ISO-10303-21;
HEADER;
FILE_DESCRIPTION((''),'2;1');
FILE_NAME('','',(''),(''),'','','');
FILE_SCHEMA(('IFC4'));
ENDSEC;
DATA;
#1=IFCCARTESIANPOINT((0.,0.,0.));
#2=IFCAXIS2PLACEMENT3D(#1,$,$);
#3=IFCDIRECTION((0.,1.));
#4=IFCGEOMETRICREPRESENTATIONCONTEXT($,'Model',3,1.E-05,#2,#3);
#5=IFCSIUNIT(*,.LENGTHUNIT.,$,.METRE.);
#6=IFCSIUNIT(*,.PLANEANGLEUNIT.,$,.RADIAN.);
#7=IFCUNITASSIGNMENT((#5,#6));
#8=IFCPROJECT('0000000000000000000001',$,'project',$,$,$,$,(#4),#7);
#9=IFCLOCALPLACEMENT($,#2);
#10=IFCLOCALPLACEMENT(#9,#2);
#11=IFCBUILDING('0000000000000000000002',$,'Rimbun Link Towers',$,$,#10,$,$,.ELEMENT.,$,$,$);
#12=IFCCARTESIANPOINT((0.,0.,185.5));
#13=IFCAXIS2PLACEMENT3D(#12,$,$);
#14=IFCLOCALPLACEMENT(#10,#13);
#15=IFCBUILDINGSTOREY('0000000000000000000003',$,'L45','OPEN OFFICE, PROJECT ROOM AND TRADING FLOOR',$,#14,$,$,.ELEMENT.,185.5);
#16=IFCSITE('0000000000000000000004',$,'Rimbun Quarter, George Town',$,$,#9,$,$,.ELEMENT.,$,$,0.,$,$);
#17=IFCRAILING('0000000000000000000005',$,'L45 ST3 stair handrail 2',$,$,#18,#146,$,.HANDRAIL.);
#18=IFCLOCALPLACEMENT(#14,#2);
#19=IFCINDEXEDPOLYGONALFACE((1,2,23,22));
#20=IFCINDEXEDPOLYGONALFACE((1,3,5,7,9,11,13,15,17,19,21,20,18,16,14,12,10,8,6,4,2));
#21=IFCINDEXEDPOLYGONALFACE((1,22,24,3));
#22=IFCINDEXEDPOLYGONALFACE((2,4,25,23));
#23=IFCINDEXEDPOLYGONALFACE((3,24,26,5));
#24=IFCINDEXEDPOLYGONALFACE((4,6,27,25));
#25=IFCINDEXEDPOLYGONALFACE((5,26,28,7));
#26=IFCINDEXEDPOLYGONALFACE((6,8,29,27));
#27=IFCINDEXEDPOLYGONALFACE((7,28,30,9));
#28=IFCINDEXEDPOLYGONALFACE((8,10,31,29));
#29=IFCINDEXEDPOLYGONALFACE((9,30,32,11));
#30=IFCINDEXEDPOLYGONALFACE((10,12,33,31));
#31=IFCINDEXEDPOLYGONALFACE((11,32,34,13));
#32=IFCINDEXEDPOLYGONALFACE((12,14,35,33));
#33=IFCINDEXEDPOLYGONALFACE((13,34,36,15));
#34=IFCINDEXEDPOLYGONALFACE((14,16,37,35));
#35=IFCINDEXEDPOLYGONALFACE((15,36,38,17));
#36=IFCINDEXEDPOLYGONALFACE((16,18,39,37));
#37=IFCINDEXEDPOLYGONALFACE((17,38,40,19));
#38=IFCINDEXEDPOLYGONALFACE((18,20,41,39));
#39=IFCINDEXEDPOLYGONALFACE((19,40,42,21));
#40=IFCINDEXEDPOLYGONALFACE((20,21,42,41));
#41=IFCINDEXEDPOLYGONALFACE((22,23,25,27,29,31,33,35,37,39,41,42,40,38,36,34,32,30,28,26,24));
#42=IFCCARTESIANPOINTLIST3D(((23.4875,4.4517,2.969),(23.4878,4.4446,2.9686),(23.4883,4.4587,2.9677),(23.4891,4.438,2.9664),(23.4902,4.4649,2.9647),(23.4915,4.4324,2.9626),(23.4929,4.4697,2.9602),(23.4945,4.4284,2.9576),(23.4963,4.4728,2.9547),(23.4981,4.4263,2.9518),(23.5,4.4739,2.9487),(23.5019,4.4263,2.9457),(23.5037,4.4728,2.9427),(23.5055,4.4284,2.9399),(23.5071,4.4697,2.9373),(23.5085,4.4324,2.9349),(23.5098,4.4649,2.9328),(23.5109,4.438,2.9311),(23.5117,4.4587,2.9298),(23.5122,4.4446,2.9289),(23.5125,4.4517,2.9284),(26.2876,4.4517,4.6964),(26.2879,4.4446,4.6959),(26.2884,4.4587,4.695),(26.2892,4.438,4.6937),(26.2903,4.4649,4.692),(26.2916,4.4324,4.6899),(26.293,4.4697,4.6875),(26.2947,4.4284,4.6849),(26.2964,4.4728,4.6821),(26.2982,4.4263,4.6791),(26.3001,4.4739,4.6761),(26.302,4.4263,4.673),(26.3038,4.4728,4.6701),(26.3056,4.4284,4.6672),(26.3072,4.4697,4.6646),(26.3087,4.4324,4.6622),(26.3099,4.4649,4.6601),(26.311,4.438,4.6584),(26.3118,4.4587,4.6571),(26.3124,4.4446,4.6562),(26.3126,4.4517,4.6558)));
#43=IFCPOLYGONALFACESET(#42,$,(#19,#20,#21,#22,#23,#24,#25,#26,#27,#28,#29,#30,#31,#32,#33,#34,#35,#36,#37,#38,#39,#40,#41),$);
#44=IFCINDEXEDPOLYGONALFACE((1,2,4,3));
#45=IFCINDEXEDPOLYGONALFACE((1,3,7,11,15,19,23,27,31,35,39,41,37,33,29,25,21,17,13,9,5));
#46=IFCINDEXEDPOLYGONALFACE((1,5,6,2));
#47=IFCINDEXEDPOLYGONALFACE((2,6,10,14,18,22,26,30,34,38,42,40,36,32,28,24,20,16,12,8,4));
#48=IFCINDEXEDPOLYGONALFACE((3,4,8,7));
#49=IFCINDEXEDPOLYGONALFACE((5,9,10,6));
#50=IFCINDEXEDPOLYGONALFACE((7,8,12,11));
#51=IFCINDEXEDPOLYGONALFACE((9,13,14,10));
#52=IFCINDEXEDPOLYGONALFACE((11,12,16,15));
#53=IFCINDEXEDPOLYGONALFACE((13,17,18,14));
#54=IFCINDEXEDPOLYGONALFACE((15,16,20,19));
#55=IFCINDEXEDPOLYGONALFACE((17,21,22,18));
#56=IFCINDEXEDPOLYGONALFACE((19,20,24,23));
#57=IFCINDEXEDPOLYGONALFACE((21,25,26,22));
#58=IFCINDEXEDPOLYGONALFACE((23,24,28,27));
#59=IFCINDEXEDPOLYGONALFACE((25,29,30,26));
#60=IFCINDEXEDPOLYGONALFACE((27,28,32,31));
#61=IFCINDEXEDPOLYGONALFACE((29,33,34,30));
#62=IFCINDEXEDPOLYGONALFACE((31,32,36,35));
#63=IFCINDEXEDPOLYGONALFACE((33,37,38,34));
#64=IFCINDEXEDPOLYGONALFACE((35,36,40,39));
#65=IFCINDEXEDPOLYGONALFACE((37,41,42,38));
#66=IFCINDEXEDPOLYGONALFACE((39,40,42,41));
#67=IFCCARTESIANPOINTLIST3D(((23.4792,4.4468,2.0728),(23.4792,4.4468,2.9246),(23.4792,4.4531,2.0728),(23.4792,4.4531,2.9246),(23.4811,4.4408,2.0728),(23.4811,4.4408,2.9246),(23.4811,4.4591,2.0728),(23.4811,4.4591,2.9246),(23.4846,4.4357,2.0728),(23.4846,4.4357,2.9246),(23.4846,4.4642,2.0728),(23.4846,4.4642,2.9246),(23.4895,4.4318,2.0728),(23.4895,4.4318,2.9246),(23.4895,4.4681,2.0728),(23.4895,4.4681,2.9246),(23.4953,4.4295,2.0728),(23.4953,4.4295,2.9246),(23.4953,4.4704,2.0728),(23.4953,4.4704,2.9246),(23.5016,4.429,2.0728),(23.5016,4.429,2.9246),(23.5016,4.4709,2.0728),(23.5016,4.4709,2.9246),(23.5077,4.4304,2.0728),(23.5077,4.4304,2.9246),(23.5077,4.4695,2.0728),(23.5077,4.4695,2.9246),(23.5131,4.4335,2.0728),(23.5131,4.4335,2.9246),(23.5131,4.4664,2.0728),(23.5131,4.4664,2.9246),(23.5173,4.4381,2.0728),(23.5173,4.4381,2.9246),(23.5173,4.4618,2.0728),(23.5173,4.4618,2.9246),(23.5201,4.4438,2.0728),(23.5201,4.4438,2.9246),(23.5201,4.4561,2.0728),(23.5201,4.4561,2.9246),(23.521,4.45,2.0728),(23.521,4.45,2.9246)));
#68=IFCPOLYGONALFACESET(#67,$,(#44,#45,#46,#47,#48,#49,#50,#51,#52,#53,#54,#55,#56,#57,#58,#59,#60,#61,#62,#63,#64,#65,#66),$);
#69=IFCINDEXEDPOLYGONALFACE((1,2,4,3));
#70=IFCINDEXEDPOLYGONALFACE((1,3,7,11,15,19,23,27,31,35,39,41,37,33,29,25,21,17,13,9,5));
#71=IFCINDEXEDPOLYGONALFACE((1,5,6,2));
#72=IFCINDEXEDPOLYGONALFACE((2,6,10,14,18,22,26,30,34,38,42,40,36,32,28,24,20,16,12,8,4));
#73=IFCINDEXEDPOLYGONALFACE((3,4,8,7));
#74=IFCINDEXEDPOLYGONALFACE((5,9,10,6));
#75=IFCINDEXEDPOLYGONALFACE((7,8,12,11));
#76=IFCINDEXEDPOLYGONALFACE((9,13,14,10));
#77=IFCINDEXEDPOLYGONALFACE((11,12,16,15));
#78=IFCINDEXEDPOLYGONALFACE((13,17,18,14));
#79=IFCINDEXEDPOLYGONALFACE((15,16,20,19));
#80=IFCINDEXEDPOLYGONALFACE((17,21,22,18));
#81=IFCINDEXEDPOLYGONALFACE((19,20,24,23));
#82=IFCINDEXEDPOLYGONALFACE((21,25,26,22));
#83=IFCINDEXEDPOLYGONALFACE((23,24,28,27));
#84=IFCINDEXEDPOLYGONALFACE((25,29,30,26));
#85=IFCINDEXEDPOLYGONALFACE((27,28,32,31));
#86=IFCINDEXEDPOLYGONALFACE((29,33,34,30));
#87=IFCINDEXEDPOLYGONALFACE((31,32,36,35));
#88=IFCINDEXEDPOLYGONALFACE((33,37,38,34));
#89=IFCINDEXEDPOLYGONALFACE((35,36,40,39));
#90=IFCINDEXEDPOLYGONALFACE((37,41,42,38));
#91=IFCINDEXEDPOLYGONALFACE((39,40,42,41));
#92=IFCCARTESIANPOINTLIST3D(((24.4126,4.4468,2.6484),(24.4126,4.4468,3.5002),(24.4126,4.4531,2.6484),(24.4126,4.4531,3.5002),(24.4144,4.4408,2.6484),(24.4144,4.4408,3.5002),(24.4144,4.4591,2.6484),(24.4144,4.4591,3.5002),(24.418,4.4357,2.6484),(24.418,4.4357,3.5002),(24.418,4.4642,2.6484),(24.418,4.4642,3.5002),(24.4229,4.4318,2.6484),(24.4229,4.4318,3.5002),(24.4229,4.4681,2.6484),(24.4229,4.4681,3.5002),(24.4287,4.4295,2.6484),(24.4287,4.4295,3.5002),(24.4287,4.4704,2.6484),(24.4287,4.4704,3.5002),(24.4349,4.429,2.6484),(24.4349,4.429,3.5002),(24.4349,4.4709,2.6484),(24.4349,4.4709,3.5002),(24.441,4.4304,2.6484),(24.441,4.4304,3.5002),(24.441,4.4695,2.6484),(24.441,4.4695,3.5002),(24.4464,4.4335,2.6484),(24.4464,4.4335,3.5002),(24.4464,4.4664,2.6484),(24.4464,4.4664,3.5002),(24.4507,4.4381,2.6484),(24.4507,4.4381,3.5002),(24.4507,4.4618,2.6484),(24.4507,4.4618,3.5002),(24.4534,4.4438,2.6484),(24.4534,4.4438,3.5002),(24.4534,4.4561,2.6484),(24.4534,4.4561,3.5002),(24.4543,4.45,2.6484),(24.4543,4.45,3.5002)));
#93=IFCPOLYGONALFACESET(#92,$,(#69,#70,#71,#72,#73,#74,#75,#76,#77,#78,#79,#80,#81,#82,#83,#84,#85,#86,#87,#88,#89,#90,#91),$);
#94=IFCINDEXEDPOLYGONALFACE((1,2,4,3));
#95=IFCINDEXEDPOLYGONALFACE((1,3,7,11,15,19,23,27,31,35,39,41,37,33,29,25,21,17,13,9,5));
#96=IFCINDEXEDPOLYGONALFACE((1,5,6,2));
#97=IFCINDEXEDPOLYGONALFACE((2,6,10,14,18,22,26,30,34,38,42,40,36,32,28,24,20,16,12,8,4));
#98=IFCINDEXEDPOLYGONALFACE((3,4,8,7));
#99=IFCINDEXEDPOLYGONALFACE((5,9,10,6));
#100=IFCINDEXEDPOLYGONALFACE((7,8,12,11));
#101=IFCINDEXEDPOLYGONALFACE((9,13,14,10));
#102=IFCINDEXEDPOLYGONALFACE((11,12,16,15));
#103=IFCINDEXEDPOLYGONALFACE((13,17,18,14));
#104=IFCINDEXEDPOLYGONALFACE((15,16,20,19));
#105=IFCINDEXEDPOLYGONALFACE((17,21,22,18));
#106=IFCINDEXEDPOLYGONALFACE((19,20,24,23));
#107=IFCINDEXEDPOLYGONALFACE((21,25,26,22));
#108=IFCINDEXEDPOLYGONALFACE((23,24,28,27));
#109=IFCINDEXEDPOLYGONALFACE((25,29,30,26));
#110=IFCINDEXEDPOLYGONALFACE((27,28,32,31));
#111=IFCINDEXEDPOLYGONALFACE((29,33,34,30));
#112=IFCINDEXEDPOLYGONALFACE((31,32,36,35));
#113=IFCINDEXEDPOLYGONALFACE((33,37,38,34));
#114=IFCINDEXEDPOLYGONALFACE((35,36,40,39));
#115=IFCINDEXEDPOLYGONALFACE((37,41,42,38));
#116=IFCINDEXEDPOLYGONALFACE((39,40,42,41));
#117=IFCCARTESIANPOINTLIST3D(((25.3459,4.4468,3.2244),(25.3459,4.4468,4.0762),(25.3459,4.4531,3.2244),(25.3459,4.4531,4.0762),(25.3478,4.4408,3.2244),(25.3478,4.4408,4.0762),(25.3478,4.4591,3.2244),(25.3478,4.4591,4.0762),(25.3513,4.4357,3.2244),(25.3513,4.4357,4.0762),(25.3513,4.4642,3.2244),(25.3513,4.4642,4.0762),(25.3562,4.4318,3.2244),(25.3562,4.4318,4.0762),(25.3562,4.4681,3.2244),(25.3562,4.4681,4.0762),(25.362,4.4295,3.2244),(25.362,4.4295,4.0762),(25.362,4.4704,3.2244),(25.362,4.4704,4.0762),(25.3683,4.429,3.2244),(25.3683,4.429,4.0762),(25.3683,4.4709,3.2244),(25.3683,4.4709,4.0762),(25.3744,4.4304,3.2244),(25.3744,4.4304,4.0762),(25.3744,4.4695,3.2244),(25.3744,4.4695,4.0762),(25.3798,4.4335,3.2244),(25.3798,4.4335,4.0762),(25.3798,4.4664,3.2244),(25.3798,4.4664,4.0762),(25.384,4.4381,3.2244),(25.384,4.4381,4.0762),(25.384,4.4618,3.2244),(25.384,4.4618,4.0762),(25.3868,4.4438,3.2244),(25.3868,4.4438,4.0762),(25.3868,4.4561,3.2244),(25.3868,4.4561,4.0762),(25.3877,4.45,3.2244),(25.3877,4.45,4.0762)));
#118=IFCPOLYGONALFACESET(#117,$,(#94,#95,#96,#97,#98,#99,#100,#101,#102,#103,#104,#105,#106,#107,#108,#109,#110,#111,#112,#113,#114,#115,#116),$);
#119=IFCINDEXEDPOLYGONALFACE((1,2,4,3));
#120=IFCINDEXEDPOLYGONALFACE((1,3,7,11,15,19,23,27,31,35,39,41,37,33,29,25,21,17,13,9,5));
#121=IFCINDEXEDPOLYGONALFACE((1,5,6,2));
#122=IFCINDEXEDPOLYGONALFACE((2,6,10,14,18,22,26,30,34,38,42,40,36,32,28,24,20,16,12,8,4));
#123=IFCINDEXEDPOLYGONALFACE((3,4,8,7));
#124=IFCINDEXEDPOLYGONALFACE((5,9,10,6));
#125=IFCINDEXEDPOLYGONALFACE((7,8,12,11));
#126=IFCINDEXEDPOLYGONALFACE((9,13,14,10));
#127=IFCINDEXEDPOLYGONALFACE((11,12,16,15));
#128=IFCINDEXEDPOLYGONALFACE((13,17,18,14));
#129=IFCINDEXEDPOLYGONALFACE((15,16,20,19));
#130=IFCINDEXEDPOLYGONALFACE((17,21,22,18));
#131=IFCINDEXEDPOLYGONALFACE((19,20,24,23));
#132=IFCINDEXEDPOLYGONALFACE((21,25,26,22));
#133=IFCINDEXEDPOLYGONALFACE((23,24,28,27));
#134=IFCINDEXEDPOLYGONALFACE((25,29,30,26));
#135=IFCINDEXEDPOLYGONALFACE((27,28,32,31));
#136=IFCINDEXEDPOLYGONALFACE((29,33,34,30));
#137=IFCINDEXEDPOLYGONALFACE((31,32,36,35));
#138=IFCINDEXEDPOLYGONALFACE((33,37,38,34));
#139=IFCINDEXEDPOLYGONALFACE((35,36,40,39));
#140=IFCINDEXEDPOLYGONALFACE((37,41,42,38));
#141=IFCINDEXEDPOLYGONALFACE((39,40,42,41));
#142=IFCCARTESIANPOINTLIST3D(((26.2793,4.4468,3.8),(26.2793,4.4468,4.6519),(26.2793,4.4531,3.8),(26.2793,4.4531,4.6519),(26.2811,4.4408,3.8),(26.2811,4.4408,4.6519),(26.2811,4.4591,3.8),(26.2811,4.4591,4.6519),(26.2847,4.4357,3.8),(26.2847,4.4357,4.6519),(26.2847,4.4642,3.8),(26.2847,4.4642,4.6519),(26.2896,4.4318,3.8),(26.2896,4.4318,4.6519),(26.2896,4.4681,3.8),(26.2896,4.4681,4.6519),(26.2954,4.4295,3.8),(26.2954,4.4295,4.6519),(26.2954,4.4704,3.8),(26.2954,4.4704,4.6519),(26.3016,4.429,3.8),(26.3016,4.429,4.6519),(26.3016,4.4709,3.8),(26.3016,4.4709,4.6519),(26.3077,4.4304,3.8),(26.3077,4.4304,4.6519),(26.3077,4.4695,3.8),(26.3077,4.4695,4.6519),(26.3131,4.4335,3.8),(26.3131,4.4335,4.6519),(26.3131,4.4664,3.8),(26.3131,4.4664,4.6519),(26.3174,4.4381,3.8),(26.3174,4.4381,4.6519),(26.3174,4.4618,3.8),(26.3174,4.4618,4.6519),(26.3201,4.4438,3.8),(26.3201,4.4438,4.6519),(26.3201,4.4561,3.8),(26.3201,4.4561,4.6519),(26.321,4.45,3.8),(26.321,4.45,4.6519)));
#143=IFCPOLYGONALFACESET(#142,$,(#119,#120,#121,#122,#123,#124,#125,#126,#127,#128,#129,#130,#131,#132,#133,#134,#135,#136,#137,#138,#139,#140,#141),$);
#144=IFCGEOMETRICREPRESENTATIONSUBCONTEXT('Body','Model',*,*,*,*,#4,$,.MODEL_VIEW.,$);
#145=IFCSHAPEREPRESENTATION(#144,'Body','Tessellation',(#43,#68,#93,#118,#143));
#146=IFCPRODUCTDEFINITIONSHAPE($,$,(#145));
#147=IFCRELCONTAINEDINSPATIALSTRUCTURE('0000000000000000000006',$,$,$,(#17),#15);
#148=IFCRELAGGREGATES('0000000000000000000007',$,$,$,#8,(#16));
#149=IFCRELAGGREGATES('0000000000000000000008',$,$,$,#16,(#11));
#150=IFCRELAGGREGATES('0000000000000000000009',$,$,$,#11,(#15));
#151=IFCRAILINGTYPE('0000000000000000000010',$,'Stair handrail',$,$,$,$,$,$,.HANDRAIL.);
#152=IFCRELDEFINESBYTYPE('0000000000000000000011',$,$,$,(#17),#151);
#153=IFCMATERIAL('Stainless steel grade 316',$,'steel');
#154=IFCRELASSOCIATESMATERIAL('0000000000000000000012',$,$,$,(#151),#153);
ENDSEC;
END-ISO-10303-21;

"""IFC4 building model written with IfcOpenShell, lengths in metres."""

from ifc_helpers import new_model, si_unit, direction, frame, origin, origin_2d, place, context, subcontext, project, spatial, circle, extrude, material, type_object, element, save


model = new_model("IFC4")

# Units and contexts
model_context = context("Model", 3, precision=1e-05, world=origin(), true_north=direction((0.0, 1.0)))
body_context = subcontext(model_context, "Body", "Model", "MODEL_VIEW")
ifc_project = project(units=[si_unit("LENGTHUNIT", "METRE"), si_unit("PLANEANGLEUNIT", "RADIAN")], contexts=[model_context])

# Site, building, storey
site_placement = place(None, origin())
site = spatial("IfcSite", under=ifc_project, at=site_placement, Name="Rimbun Quarter, George Town", CompositionType="ELEMENT", RefElevation=0.0)
building_placement = place(site_placement, origin())
building = spatial("IfcBuilding", under=site, at=building_placement, Name="Rimbun Link Towers", CompositionType="ELEMENT")
storey_placement = place(building_placement, frame((0.0, 0.0, 185.5)))
storey = spatial("IfcBuildingStorey", under=building, at=storey_placement, Name="L45", Description="OPEN OFFICE, PROJECT ROOM AND TRADING FLOOR", CompositionType="ELEMENT", Elevation=185.5)

# Railing
ifc_material_1 = material(Name="Stainless steel grade 316", Category="steel")
railing_type_1 = type_object("IfcRailingType", Name="Stair handrail", PredefinedType="HANDRAIL", material=ifc_material_1)
railing_1_placement = place(storey_placement, frame((23.5, 4.45, 2.0728)))
element("IfcRailing", 1, at=railing_1_placement, inside=storey, type_object=railing_type_1, Name="L45 ST3 stair handrail 2", PredefinedType="HANDRAIL", context=body_context, shape_type="SweptSolid", body=[
    extrude(circle(Radius=0.0239, at=origin_2d()), frame((0.0, 0.0, 0.876), z_axis=(0.85109, 0.0, 0.52502), x_axis=(0.0, 1.0, 0.0)), (0.0, 0.0, 1.0), 3.29),
    extrude(circle(Radius=0.021, at=origin_2d()), origin(), (0.0, 0.0, 1.0), 0.8518),
    extrude(circle(Radius=0.021, at=origin_2d()), frame((0.9333, 0.0, 0.5757)), (0.0, 0.0, 1.0), 0.8518),
    extrude(circle(Radius=0.021, at=origin_2d()), frame((1.8667, 0.0, 1.1516)), (0.0, 0.0, 1.0), 0.8518),
    extrude(circle(Radius=0.021, at=origin_2d()), frame((2.8, 0.0, 1.7273)), (0.0, 0.0, 1.0), 0.8518),
])

save(model, "model.ifc")
